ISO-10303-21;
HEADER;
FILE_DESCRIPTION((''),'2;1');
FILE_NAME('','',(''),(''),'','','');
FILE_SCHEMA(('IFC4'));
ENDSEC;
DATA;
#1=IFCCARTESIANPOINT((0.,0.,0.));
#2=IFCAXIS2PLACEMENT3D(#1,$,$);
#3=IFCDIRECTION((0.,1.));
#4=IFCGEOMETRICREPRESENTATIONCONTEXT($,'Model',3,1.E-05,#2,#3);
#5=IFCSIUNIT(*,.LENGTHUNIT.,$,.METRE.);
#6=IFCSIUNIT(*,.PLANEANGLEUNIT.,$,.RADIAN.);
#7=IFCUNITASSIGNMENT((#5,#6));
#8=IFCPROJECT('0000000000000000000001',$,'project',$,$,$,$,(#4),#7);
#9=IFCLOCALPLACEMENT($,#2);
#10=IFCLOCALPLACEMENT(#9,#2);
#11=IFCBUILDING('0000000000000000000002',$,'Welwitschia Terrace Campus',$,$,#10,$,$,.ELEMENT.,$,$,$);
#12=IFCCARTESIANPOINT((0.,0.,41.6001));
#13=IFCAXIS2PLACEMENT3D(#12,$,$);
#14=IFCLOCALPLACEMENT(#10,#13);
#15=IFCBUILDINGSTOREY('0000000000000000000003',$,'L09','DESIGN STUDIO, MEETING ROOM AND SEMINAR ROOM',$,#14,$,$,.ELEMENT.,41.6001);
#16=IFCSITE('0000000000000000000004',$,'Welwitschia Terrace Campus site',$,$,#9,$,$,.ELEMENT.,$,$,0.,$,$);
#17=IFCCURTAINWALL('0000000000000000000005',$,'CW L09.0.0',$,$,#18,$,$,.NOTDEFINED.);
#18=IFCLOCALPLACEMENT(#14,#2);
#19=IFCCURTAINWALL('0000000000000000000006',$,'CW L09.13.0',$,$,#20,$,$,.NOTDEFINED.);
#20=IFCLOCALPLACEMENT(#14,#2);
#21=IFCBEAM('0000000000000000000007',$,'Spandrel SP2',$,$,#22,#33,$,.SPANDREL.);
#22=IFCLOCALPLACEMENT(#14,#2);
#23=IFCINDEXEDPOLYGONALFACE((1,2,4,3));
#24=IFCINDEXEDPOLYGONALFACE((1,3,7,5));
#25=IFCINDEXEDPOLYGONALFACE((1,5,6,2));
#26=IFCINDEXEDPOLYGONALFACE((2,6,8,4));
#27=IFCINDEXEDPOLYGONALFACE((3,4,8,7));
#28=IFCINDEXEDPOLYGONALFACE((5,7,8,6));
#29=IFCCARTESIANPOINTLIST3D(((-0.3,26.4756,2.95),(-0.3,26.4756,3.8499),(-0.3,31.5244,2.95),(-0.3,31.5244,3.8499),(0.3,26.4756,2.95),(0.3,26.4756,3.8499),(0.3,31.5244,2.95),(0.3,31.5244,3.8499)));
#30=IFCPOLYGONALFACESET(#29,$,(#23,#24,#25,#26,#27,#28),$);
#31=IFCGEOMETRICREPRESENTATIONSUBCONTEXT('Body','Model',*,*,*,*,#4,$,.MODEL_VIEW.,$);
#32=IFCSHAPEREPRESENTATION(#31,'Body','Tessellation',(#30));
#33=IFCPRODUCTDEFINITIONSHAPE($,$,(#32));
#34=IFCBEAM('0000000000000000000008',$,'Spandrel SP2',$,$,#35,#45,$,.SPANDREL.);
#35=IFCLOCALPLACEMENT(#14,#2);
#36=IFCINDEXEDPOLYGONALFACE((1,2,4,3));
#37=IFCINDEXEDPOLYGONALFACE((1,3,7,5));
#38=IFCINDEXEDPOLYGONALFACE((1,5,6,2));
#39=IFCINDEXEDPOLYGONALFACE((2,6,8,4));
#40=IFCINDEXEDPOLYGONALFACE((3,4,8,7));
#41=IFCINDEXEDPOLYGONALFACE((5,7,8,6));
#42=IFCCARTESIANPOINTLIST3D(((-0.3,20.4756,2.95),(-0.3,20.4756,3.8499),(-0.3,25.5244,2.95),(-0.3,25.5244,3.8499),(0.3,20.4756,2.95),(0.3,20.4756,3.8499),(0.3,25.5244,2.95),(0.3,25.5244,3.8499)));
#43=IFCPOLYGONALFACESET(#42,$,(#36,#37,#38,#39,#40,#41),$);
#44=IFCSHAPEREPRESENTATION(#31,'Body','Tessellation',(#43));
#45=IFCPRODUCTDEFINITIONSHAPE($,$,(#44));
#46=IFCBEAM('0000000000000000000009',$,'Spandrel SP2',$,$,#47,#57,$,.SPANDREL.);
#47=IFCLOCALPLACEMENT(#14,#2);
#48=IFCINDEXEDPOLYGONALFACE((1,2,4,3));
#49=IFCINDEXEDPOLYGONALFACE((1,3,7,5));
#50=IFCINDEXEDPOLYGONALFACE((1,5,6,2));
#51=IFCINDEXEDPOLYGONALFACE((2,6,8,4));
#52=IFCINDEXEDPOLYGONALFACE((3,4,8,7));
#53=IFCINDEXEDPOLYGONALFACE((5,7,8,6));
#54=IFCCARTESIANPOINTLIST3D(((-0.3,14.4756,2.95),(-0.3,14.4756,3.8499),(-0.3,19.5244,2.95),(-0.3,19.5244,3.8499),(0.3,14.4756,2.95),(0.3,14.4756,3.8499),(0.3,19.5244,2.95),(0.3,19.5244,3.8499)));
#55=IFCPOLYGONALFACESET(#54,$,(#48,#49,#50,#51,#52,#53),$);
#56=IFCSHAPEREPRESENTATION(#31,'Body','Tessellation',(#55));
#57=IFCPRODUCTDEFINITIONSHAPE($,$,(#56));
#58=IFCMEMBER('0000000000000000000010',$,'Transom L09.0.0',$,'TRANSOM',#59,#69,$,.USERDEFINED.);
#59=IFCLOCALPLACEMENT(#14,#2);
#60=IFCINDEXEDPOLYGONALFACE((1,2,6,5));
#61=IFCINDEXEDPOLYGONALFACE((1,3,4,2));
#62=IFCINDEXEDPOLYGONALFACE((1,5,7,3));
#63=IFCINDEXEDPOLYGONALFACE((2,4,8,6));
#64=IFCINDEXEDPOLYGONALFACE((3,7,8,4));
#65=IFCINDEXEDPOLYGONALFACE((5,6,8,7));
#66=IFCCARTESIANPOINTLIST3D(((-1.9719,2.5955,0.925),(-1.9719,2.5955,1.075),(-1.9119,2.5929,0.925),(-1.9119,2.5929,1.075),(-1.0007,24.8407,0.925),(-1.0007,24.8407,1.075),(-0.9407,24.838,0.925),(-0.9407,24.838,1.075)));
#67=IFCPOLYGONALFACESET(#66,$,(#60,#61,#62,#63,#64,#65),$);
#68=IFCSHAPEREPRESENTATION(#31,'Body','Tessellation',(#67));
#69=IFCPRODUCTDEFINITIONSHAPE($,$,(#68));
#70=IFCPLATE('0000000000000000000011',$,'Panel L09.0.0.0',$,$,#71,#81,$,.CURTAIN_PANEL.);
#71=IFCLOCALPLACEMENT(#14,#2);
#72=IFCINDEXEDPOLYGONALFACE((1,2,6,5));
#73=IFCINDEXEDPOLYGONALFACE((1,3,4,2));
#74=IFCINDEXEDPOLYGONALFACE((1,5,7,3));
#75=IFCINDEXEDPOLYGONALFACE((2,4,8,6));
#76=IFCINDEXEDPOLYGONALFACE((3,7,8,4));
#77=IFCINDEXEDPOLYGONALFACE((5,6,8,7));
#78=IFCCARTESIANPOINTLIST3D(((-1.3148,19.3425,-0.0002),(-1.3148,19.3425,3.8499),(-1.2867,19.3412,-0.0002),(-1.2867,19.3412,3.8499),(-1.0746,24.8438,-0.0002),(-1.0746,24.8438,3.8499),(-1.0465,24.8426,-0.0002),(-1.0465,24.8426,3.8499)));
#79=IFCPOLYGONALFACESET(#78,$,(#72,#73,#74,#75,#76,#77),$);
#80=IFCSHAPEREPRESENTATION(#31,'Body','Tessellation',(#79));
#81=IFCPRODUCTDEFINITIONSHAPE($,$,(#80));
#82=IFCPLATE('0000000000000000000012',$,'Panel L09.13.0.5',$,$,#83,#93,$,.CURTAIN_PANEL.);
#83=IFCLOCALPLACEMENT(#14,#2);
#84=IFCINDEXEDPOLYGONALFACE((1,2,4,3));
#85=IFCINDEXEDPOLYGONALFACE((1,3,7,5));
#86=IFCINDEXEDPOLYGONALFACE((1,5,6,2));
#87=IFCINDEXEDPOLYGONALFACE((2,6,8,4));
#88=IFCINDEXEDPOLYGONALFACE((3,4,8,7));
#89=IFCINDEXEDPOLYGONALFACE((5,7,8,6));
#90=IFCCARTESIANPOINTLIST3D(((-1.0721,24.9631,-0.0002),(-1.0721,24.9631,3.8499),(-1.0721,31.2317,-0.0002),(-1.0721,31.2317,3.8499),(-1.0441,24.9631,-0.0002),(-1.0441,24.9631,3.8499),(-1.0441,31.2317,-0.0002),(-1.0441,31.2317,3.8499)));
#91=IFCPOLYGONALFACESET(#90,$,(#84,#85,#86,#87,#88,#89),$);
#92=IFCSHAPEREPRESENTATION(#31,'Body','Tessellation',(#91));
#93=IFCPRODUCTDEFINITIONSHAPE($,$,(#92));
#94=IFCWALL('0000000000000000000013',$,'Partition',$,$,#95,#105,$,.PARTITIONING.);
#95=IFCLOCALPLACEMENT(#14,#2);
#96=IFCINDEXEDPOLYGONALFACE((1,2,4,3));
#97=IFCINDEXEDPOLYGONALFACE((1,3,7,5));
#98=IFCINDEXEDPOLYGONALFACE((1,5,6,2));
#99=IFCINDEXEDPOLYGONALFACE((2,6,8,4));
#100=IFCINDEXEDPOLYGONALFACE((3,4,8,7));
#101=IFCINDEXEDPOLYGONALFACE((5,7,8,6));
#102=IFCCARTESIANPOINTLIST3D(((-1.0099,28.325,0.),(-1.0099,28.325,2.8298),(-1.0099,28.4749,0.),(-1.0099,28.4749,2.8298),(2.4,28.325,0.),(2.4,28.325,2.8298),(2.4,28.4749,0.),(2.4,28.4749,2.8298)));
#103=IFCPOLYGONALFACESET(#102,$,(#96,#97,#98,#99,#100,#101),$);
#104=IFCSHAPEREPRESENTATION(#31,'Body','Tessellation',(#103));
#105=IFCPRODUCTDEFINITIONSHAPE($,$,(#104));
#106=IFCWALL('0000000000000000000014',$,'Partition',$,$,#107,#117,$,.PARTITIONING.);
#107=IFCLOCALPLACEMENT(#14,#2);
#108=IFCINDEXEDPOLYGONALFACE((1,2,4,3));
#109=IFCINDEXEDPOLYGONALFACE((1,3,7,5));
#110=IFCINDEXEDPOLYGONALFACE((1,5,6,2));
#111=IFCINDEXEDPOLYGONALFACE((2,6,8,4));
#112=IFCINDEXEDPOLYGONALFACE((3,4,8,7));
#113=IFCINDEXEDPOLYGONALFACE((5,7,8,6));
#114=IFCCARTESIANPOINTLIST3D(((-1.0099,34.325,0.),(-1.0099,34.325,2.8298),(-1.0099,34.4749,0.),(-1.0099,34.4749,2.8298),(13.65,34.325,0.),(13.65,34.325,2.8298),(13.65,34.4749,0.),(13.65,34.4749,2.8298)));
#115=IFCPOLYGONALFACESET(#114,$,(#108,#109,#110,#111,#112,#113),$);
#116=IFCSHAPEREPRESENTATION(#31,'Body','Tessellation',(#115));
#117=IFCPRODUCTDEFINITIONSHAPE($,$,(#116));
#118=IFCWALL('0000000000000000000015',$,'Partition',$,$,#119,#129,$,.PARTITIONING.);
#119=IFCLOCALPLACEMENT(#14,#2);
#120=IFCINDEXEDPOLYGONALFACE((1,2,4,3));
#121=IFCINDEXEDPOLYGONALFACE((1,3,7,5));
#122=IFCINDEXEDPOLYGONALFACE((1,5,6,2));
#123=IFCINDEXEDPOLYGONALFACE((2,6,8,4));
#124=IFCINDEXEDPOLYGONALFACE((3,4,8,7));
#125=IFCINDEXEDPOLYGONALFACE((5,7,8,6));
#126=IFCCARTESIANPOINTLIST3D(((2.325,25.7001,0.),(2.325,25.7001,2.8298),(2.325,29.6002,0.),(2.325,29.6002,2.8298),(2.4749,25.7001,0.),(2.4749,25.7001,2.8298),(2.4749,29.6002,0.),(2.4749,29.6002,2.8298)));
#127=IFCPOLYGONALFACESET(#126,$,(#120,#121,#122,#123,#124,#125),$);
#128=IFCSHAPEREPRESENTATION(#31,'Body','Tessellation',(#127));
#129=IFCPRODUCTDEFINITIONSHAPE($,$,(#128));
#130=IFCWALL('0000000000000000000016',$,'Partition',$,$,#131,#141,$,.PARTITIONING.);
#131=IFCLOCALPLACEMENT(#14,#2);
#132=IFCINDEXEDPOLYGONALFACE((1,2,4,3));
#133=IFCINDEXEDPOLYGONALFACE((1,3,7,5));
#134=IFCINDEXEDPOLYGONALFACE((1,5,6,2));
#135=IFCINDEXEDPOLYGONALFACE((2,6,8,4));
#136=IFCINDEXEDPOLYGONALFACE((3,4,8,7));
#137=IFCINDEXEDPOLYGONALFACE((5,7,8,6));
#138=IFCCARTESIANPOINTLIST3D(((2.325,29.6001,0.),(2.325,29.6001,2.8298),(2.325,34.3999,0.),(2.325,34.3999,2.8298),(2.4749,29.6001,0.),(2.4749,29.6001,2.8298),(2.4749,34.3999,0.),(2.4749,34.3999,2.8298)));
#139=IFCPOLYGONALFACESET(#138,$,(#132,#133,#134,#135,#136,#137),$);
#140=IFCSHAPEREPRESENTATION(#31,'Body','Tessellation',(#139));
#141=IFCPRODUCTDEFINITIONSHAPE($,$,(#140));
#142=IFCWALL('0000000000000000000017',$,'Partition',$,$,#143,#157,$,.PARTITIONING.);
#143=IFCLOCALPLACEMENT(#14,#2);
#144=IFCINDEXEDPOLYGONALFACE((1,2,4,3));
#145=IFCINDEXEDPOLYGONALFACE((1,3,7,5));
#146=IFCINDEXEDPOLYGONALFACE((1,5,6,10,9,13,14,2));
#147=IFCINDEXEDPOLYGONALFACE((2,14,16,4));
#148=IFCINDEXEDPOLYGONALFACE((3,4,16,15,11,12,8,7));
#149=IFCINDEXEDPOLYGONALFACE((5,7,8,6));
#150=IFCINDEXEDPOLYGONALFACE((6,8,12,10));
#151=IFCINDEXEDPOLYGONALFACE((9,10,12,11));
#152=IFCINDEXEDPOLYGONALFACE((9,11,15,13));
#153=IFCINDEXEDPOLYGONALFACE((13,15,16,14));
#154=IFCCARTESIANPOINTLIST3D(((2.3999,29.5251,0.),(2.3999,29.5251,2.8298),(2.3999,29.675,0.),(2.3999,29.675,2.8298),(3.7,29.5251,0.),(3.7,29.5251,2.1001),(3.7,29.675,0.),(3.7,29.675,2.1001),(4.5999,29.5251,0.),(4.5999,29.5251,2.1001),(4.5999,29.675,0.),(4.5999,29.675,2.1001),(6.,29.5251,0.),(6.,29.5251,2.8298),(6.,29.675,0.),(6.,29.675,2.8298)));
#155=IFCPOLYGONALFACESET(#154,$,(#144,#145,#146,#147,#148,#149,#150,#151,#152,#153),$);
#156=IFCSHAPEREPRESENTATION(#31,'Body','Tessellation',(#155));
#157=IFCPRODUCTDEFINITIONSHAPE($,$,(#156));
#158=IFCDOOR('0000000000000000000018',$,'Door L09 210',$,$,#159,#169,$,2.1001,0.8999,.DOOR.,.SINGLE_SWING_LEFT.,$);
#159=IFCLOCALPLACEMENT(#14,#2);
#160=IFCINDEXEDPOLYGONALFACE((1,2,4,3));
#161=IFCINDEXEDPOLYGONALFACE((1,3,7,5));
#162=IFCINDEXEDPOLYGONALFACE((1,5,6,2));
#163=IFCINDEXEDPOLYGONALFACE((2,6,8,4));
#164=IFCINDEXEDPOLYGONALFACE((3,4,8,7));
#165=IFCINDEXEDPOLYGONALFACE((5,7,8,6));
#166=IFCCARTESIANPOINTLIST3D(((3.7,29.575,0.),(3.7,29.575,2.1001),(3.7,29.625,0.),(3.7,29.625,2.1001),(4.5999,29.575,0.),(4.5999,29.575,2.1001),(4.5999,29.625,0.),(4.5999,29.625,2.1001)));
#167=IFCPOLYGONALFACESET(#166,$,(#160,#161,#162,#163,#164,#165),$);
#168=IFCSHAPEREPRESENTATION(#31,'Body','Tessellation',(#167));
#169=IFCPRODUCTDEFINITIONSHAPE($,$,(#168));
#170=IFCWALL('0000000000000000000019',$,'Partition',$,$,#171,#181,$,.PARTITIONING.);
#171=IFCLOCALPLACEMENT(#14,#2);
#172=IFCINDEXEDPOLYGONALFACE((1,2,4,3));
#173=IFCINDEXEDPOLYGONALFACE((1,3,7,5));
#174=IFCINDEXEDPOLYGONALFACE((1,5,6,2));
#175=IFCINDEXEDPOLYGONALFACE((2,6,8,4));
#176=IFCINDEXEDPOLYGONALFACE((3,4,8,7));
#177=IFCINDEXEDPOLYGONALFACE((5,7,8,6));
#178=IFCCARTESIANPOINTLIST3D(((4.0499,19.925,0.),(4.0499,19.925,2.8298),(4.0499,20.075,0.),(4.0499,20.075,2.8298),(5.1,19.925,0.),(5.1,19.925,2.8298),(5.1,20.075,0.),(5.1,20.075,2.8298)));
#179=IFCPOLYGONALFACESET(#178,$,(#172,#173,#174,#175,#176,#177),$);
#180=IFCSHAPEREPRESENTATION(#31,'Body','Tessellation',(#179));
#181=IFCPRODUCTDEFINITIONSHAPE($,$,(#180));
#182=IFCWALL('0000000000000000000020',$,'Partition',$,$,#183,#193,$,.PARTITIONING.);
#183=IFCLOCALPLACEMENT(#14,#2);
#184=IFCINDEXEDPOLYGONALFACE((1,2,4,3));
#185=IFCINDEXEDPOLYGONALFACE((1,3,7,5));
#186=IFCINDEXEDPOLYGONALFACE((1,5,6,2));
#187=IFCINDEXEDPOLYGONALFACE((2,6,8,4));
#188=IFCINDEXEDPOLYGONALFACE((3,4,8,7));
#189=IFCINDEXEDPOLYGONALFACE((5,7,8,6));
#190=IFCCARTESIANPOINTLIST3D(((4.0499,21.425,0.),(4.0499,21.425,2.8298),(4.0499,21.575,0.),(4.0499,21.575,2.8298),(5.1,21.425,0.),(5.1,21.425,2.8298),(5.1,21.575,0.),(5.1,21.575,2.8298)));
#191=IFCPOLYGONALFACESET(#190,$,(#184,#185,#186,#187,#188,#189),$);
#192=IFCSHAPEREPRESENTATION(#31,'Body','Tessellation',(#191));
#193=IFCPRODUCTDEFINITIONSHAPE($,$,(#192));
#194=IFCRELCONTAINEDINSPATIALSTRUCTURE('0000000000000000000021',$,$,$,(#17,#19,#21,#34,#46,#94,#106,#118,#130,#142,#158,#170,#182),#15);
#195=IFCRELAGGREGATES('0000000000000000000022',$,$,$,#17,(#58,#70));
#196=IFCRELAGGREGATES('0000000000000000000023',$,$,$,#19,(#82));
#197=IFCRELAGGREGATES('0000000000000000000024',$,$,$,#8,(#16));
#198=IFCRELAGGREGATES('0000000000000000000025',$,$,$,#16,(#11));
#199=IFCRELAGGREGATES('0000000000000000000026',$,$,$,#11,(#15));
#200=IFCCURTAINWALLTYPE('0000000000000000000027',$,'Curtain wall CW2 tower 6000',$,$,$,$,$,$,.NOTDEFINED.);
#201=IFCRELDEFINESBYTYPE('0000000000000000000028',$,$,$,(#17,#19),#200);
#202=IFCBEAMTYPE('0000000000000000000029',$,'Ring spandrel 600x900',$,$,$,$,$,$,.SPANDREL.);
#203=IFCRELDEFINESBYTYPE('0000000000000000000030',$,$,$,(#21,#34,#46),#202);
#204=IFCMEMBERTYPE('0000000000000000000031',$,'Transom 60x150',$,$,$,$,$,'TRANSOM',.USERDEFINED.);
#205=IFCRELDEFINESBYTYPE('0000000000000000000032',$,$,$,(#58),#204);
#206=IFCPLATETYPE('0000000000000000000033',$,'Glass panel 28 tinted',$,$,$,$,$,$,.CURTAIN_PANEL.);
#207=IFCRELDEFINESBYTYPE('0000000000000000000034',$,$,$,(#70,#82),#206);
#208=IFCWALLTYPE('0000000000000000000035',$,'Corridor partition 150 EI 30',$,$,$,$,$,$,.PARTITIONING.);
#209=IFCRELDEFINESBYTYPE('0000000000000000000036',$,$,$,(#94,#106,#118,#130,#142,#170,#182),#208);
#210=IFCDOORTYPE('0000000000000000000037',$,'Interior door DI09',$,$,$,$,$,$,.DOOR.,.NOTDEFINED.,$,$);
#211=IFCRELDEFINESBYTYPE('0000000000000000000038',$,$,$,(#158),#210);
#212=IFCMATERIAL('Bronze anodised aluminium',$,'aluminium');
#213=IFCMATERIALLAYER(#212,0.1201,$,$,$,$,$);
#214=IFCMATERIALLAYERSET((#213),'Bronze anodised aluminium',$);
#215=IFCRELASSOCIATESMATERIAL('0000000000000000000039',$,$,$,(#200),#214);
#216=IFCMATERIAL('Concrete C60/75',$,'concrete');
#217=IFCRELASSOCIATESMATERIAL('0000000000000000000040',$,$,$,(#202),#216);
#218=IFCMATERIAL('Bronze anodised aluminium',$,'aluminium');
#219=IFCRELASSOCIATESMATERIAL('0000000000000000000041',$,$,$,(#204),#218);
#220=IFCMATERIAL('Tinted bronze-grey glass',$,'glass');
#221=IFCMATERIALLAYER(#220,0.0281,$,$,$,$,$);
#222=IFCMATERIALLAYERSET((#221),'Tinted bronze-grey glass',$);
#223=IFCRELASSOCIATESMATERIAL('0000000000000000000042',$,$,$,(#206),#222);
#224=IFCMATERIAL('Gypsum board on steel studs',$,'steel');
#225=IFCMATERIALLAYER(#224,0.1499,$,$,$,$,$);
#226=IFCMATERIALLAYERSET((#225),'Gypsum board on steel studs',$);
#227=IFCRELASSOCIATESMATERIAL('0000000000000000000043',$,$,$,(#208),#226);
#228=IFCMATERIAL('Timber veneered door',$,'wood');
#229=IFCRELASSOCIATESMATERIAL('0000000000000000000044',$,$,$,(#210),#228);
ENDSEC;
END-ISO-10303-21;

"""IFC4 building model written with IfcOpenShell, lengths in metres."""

from ifc_helpers import new_model, si_unit, direction, frame, frame_2d, origin, origin_2d, place, context, subcontext, project, spatial, rectangle, extrude, material, layer, layer_set, material_profile, profile_set, type_object, element, fill, aggregate, save


model = new_model("IFC4")

# Units and contexts
model_context = context("Model", 3, precision=1e-05, world=origin(), true_north=direction((0.0, 1.0)))
body_context = subcontext(model_context, "Body", "Model", "MODEL_VIEW")
ifc_project = project(units=[si_unit("LENGTHUNIT", "METRE"), si_unit("PLANEANGLEUNIT", "RADIAN")], contexts=[model_context])

# Site, building, storey
site_placement = place(None, origin())
site = spatial("IfcSite", under=ifc_project, at=site_placement, Name="Welwitschia Terrace Campus site", CompositionType="ELEMENT", RefElevation=0.0)
building_placement = place(site_placement, origin())
building = spatial("IfcBuilding", under=site, at=building_placement, Name="Welwitschia Terrace Campus", CompositionType="ELEMENT")
storey_placement = place(building_placement, frame((0.0, 0.0, 41.6001)))
storey = spatial("IfcBuildingStorey", under=building, at=storey_placement, Name="L09", Description="DESIGN STUDIO, MEETING ROOM AND SEMINAR ROOM", CompositionType="ELEMENT", Elevation=41.6001)

# Curtain walls
ifc_material_1 = material(Name="Bronze anodised aluminium", Category="aluminium")
ifc_layer_1 = layer(ifc_material_1, 0.1201)
ifc_layer_set_1 = layer_set([ifc_layer_1], Name="Bronze anodised aluminium")
curtain_wall_type = type_object("IfcCurtainWallType", Name="Curtain wall CW2 tower 6000", PredefinedType="NOTDEFINED", material=ifc_layer_set_1)
curtain_wall_1_placement = place(storey_placement, origin())
curtain_wall_1 = element("IfcCurtainWall", 1, at=curtain_wall_1_placement, inside=storey, type_object=curtain_wall_type, Name="CW L09.0.0", PredefinedType="NOTDEFINED")
curtain_wall_2_placement = place(storey_placement, origin())
curtain_wall_2 = element("IfcCurtainWall", 2, at=curtain_wall_2_placement, inside=storey, type_object=curtain_wall_type, Name="CW L09.13.0", PredefinedType="NOTDEFINED")

# Beams
ifc_material_2 = material(Name="Concrete C60/75", Category="concrete")
ifc_material_profile_1 = material_profile(ifc_material_2, rectangle(XDim=0.6001, YDim=0.8999, at=origin_2d()))
ifc_profile_set_1 = profile_set([ifc_material_profile_1], Name="Concrete C60/75")
beam_type_1 = type_object("IfcBeamType", Name="Ring spandrel 600x900", PredefinedType="SPANDREL", material=ifc_profile_set_1)
for number, where, z_axis, x_axis, name in (
    (3, (0.0, 31.5244, 3.3999), (0.0, -1.0, 0.0), (1.0, 0.0, 0.0), "Spandrel SP2"),
    (4, (0.0, 25.5244, 3.3999), (0.0, -1.0, 0.0), (1.0, 0.0, 0.0), "Spandrel SP2"),
    (5, (0.0, 19.5244, 3.3999), (0.0, -1.0, 0.0), (1.0, 0.0, 0.0), "Spandrel SP2"),
):
    element("IfcBeam", number, at=place(storey_placement, frame(where, z_axis=z_axis, x_axis=x_axis)), inside=storey, type_object=beam_type_1, Name=name, PredefinedType="SPANDREL", context=body_context, shape_type="SweptSolid", body=[
        extrude(rectangle(XDim=0.6001, YDim=0.8999, at=origin_2d()), origin(), (0.0, 0.0, 1.0), 5.0488),
    ])

# Member
ifc_material_3 = material(Name="Bronze anodised aluminium", Category="aluminium")
ifc_material_profile_2 = material_profile(ifc_material_3, rectangle(XDim=0.0601, YDim=0.1499, at=origin_2d()))
ifc_profile_set_2 = profile_set([ifc_material_profile_2], Name="Bronze anodised aluminium")
member_type_1 = type_object("IfcMemberType", Name="Transom 60x150", ElementType="TRANSOM", PredefinedType="USERDEFINED", material=ifc_profile_set_2)
member_1_placement = place(storey_placement, frame((-0.9707, 24.8394, 1.0), z_axis=(-0.043617, -0.999048, 0.0), x_axis=(0.999048, -0.043617, 0.0)))
member_1 = element("IfcMember", 6, at=member_1_placement, type_object=member_type_1, Name="Transom L09.0.0", ObjectType="TRANSOM", PredefinedType="USERDEFINED", context=body_context, shape_type="SweptSolid", body=[
    extrude(rectangle(XDim=0.0601, YDim=0.1499, at=origin_2d()), origin(), (0.0, 0.0, 1.0), 22.2664),
])

# Plates
ifc_material_4 = material(Name="Tinted bronze-grey glass", Category="glass")
ifc_layer_2 = layer(ifc_material_4, 0.0281)
ifc_layer_set_2 = layer_set([ifc_layer_2], Name="Tinted bronze-grey glass")
plate_type = type_object("IfcPlateType", Name="Glass panel 28 tinted", PredefinedType="CURTAIN_PANEL", material=ifc_layer_set_2)
plate_1_placement = place(storey_placement, frame((-1.1807, 22.0925, -0.0002), z_axis=(0.0, 0.0, 1.0), x_axis=(-0.043619, -0.999048, 0.0)))
plate_1 = element("IfcPlate", 7, at=plate_1_placement, type_object=plate_type, Name="Panel L09.0.0.0", PredefinedType="CURTAIN_PANEL", context=body_context, shape_type="SweptSolid", body=[
    extrude(rectangle(XDim=5.5066, YDim=0.0281, at=origin_2d()), origin(), (0.0, 0.0, 1.0), 3.8501),
])
aggregate(curtain_wall_1, [member_1, plate_1])
plate_2_placement = place(storey_placement, frame((-1.0581, 28.0974, -0.0002), z_axis=(0.0, 0.0, 1.0), x_axis=(0.0, -1.0, 0.0)))
plate_2 = element("IfcPlate", 8, at=plate_2_placement, type_object=plate_type, Name="Panel L09.13.0.5", PredefinedType="CURTAIN_PANEL", context=body_context, shape_type="SweptSolid", body=[
    extrude(rectangle(XDim=6.2686, YDim=0.0281, at=origin_2d()), origin(), (0.0, 0.0, 1.0), 3.8501),
])
aggregate(curtain_wall_2, [plate_2])

# Walls
ifc_material_5 = material(Name="Gypsum board on steel studs", Category="steel")
ifc_layer_3 = layer(ifc_material_5, 0.1499)
ifc_layer_set_3 = layer_set([ifc_layer_3], Name="Gypsum board on steel studs")
wall_type = type_object("IfcWallType", Name="Corridor partition 150 EI 30", PredefinedType="PARTITIONING", material=ifc_layer_set_3)
wall_1_placement = place(storey_placement, frame((-1.01, 28.3999, 0.0), z_axis=(0.0, 0.0, 1.0), x_axis=(1.0, 0.0, 0.0)))
element("IfcWall", 9, at=wall_1_placement, inside=storey, type_object=wall_type, Name="Partition", PredefinedType="PARTITIONING", context=body_context, shape_type="SweptSolid", body=[
    extrude(rectangle(XDim=3.4099, YDim=0.1499, at=frame_2d((1.7051, 0.0))), origin(), (0.0, 0.0, 1.0), 2.8298),
])
wall_2_placement = place(storey_placement, frame((-1.01, 34.3999, 0.0), z_axis=(0.0, 0.0, 1.0), x_axis=(1.0, 0.0, 0.0)))
element("IfcWall", 10, at=wall_2_placement, inside=storey, type_object=wall_type, Name="Partition", PredefinedType="PARTITIONING", context=body_context, shape_type="SweptSolid", body=[
    extrude(rectangle(XDim=14.6599, YDim=0.1499, at=frame_2d((7.3301, 0.0))), origin(), (0.0, 0.0, 1.0), 2.8298),
])
wall_3_placement = place(storey_placement, frame((2.3999, 25.7, 0.0), z_axis=(0.0, 0.0, 1.0), x_axis=(0.0, 1.0, 0.0)))
element("IfcWall", 11, at=wall_3_placement, inside=storey, type_object=wall_type, Name="Partition", PredefinedType="PARTITIONING", context=body_context, shape_type="SweptSolid", body=[
    extrude(rectangle(XDim=3.9001, YDim=0.1499, at=frame_2d((1.9502, 0.0))), origin(), (0.0, 0.0, 1.0), 2.8298),
])
wall_4_placement = place(storey_placement, frame((2.3999, 29.6001, 0.0), z_axis=(0.0, 0.0, 1.0), x_axis=(0.0, 1.0, 0.0)))
element("IfcWall", 12, at=wall_4_placement, inside=storey, type_object=wall_type, Name="Partition", PredefinedType="PARTITIONING", context=body_context, shape_type="SweptSolid", body=[
    extrude(rectangle(XDim=4.7998, YDim=0.1499, at=frame_2d((2.3999, 0.0))), origin(), (0.0, 0.0, 1.0), 2.8298),
])

# Wall, opening, door
wall_5_placement = place(storey_placement, frame((2.3999, 29.6001, 0.0), z_axis=(0.0, 0.0, 1.0), x_axis=(1.0, 0.0, 0.0)))
wall_5 = element("IfcWall", 13, at=wall_5_placement, inside=storey, type_object=wall_type, Name="Partition", PredefinedType="PARTITIONING", context=body_context, shape_type="SweptSolid", body=[
    extrude(rectangle(XDim=3.6001, YDim=0.1499, at=frame_2d((1.8, 0.0))), origin(), (0.0, 0.0, 1.0), 2.8298),
])
opening_placement = place(wall_5_placement, frame((1.3, 0.0, 0.0)))
opening = element("IfcOpeningElement", 14, at=opening_placement, cuts=wall_5, PredefinedType="OPENING", context=body_context, shape_type="SweptSolid", body=[
    extrude(rectangle(XDim=0.8999, YDim=2.1001, at=frame_2d((0.45, 1.05))), frame((0.0, 0.085, 0.0), z_axis=(0.0, -1.0, 0.0), x_axis=(1.0, 0.0, 0.0)), (0.0, 0.0, 1.0), 0.1699),
])
ifc_material_6 = material(Name="Timber veneered door", Category="wood")
door_type = type_object("IfcDoorType", Name="Interior door DI09", OperationType="NOTDEFINED", PredefinedType="DOOR", material=ifc_material_6)
door_placement = place(opening_placement, origin())
door = element("IfcDoor", 15, at=door_placement, inside=storey, type_object=door_type, Name="Door L09 210", OperationType="SINGLE_SWING_LEFT", OverallHeight=2.1001, OverallWidth=0.8999, PredefinedType="DOOR", context=body_context, shape_type="SweptSolid", body=[
    extrude(rectangle(XDim=0.8999, YDim=2.1001, at=frame_2d((0.45, 1.05))), frame((0.0, 0.0249, 0.0), z_axis=(0.0, -1.0, 0.0), x_axis=(1.0, 0.0, 0.0)), (0.0, 0.0, 1.0), 0.05),
])
fill(opening, door)

# Walls
for number, where, z_axis, x_axis, name in (
    (16, (4.05, 20.0, 0.0), (0.0, 0.0, 1.0), (1.0, 0.0, 0.0), "Partition"),
    (17, (4.05, 21.5, 0.0), (0.0, 0.0, 1.0), (1.0, 0.0, 0.0), "Partition"),
):
    element("IfcWall", number, at=place(storey_placement, frame(where, z_axis=z_axis, x_axis=x_axis)), inside=storey, type_object=wall_type, Name=name, PredefinedType="PARTITIONING", context=body_context, shape_type="SweptSolid", body=[
        extrude(rectangle(XDim=1.05, YDim=0.1499, at=frame_2d((0.5249, 0.0))), origin(), (0.0, 0.0, 1.0), 2.8298),
    ])

save(model, "model.ifc")
